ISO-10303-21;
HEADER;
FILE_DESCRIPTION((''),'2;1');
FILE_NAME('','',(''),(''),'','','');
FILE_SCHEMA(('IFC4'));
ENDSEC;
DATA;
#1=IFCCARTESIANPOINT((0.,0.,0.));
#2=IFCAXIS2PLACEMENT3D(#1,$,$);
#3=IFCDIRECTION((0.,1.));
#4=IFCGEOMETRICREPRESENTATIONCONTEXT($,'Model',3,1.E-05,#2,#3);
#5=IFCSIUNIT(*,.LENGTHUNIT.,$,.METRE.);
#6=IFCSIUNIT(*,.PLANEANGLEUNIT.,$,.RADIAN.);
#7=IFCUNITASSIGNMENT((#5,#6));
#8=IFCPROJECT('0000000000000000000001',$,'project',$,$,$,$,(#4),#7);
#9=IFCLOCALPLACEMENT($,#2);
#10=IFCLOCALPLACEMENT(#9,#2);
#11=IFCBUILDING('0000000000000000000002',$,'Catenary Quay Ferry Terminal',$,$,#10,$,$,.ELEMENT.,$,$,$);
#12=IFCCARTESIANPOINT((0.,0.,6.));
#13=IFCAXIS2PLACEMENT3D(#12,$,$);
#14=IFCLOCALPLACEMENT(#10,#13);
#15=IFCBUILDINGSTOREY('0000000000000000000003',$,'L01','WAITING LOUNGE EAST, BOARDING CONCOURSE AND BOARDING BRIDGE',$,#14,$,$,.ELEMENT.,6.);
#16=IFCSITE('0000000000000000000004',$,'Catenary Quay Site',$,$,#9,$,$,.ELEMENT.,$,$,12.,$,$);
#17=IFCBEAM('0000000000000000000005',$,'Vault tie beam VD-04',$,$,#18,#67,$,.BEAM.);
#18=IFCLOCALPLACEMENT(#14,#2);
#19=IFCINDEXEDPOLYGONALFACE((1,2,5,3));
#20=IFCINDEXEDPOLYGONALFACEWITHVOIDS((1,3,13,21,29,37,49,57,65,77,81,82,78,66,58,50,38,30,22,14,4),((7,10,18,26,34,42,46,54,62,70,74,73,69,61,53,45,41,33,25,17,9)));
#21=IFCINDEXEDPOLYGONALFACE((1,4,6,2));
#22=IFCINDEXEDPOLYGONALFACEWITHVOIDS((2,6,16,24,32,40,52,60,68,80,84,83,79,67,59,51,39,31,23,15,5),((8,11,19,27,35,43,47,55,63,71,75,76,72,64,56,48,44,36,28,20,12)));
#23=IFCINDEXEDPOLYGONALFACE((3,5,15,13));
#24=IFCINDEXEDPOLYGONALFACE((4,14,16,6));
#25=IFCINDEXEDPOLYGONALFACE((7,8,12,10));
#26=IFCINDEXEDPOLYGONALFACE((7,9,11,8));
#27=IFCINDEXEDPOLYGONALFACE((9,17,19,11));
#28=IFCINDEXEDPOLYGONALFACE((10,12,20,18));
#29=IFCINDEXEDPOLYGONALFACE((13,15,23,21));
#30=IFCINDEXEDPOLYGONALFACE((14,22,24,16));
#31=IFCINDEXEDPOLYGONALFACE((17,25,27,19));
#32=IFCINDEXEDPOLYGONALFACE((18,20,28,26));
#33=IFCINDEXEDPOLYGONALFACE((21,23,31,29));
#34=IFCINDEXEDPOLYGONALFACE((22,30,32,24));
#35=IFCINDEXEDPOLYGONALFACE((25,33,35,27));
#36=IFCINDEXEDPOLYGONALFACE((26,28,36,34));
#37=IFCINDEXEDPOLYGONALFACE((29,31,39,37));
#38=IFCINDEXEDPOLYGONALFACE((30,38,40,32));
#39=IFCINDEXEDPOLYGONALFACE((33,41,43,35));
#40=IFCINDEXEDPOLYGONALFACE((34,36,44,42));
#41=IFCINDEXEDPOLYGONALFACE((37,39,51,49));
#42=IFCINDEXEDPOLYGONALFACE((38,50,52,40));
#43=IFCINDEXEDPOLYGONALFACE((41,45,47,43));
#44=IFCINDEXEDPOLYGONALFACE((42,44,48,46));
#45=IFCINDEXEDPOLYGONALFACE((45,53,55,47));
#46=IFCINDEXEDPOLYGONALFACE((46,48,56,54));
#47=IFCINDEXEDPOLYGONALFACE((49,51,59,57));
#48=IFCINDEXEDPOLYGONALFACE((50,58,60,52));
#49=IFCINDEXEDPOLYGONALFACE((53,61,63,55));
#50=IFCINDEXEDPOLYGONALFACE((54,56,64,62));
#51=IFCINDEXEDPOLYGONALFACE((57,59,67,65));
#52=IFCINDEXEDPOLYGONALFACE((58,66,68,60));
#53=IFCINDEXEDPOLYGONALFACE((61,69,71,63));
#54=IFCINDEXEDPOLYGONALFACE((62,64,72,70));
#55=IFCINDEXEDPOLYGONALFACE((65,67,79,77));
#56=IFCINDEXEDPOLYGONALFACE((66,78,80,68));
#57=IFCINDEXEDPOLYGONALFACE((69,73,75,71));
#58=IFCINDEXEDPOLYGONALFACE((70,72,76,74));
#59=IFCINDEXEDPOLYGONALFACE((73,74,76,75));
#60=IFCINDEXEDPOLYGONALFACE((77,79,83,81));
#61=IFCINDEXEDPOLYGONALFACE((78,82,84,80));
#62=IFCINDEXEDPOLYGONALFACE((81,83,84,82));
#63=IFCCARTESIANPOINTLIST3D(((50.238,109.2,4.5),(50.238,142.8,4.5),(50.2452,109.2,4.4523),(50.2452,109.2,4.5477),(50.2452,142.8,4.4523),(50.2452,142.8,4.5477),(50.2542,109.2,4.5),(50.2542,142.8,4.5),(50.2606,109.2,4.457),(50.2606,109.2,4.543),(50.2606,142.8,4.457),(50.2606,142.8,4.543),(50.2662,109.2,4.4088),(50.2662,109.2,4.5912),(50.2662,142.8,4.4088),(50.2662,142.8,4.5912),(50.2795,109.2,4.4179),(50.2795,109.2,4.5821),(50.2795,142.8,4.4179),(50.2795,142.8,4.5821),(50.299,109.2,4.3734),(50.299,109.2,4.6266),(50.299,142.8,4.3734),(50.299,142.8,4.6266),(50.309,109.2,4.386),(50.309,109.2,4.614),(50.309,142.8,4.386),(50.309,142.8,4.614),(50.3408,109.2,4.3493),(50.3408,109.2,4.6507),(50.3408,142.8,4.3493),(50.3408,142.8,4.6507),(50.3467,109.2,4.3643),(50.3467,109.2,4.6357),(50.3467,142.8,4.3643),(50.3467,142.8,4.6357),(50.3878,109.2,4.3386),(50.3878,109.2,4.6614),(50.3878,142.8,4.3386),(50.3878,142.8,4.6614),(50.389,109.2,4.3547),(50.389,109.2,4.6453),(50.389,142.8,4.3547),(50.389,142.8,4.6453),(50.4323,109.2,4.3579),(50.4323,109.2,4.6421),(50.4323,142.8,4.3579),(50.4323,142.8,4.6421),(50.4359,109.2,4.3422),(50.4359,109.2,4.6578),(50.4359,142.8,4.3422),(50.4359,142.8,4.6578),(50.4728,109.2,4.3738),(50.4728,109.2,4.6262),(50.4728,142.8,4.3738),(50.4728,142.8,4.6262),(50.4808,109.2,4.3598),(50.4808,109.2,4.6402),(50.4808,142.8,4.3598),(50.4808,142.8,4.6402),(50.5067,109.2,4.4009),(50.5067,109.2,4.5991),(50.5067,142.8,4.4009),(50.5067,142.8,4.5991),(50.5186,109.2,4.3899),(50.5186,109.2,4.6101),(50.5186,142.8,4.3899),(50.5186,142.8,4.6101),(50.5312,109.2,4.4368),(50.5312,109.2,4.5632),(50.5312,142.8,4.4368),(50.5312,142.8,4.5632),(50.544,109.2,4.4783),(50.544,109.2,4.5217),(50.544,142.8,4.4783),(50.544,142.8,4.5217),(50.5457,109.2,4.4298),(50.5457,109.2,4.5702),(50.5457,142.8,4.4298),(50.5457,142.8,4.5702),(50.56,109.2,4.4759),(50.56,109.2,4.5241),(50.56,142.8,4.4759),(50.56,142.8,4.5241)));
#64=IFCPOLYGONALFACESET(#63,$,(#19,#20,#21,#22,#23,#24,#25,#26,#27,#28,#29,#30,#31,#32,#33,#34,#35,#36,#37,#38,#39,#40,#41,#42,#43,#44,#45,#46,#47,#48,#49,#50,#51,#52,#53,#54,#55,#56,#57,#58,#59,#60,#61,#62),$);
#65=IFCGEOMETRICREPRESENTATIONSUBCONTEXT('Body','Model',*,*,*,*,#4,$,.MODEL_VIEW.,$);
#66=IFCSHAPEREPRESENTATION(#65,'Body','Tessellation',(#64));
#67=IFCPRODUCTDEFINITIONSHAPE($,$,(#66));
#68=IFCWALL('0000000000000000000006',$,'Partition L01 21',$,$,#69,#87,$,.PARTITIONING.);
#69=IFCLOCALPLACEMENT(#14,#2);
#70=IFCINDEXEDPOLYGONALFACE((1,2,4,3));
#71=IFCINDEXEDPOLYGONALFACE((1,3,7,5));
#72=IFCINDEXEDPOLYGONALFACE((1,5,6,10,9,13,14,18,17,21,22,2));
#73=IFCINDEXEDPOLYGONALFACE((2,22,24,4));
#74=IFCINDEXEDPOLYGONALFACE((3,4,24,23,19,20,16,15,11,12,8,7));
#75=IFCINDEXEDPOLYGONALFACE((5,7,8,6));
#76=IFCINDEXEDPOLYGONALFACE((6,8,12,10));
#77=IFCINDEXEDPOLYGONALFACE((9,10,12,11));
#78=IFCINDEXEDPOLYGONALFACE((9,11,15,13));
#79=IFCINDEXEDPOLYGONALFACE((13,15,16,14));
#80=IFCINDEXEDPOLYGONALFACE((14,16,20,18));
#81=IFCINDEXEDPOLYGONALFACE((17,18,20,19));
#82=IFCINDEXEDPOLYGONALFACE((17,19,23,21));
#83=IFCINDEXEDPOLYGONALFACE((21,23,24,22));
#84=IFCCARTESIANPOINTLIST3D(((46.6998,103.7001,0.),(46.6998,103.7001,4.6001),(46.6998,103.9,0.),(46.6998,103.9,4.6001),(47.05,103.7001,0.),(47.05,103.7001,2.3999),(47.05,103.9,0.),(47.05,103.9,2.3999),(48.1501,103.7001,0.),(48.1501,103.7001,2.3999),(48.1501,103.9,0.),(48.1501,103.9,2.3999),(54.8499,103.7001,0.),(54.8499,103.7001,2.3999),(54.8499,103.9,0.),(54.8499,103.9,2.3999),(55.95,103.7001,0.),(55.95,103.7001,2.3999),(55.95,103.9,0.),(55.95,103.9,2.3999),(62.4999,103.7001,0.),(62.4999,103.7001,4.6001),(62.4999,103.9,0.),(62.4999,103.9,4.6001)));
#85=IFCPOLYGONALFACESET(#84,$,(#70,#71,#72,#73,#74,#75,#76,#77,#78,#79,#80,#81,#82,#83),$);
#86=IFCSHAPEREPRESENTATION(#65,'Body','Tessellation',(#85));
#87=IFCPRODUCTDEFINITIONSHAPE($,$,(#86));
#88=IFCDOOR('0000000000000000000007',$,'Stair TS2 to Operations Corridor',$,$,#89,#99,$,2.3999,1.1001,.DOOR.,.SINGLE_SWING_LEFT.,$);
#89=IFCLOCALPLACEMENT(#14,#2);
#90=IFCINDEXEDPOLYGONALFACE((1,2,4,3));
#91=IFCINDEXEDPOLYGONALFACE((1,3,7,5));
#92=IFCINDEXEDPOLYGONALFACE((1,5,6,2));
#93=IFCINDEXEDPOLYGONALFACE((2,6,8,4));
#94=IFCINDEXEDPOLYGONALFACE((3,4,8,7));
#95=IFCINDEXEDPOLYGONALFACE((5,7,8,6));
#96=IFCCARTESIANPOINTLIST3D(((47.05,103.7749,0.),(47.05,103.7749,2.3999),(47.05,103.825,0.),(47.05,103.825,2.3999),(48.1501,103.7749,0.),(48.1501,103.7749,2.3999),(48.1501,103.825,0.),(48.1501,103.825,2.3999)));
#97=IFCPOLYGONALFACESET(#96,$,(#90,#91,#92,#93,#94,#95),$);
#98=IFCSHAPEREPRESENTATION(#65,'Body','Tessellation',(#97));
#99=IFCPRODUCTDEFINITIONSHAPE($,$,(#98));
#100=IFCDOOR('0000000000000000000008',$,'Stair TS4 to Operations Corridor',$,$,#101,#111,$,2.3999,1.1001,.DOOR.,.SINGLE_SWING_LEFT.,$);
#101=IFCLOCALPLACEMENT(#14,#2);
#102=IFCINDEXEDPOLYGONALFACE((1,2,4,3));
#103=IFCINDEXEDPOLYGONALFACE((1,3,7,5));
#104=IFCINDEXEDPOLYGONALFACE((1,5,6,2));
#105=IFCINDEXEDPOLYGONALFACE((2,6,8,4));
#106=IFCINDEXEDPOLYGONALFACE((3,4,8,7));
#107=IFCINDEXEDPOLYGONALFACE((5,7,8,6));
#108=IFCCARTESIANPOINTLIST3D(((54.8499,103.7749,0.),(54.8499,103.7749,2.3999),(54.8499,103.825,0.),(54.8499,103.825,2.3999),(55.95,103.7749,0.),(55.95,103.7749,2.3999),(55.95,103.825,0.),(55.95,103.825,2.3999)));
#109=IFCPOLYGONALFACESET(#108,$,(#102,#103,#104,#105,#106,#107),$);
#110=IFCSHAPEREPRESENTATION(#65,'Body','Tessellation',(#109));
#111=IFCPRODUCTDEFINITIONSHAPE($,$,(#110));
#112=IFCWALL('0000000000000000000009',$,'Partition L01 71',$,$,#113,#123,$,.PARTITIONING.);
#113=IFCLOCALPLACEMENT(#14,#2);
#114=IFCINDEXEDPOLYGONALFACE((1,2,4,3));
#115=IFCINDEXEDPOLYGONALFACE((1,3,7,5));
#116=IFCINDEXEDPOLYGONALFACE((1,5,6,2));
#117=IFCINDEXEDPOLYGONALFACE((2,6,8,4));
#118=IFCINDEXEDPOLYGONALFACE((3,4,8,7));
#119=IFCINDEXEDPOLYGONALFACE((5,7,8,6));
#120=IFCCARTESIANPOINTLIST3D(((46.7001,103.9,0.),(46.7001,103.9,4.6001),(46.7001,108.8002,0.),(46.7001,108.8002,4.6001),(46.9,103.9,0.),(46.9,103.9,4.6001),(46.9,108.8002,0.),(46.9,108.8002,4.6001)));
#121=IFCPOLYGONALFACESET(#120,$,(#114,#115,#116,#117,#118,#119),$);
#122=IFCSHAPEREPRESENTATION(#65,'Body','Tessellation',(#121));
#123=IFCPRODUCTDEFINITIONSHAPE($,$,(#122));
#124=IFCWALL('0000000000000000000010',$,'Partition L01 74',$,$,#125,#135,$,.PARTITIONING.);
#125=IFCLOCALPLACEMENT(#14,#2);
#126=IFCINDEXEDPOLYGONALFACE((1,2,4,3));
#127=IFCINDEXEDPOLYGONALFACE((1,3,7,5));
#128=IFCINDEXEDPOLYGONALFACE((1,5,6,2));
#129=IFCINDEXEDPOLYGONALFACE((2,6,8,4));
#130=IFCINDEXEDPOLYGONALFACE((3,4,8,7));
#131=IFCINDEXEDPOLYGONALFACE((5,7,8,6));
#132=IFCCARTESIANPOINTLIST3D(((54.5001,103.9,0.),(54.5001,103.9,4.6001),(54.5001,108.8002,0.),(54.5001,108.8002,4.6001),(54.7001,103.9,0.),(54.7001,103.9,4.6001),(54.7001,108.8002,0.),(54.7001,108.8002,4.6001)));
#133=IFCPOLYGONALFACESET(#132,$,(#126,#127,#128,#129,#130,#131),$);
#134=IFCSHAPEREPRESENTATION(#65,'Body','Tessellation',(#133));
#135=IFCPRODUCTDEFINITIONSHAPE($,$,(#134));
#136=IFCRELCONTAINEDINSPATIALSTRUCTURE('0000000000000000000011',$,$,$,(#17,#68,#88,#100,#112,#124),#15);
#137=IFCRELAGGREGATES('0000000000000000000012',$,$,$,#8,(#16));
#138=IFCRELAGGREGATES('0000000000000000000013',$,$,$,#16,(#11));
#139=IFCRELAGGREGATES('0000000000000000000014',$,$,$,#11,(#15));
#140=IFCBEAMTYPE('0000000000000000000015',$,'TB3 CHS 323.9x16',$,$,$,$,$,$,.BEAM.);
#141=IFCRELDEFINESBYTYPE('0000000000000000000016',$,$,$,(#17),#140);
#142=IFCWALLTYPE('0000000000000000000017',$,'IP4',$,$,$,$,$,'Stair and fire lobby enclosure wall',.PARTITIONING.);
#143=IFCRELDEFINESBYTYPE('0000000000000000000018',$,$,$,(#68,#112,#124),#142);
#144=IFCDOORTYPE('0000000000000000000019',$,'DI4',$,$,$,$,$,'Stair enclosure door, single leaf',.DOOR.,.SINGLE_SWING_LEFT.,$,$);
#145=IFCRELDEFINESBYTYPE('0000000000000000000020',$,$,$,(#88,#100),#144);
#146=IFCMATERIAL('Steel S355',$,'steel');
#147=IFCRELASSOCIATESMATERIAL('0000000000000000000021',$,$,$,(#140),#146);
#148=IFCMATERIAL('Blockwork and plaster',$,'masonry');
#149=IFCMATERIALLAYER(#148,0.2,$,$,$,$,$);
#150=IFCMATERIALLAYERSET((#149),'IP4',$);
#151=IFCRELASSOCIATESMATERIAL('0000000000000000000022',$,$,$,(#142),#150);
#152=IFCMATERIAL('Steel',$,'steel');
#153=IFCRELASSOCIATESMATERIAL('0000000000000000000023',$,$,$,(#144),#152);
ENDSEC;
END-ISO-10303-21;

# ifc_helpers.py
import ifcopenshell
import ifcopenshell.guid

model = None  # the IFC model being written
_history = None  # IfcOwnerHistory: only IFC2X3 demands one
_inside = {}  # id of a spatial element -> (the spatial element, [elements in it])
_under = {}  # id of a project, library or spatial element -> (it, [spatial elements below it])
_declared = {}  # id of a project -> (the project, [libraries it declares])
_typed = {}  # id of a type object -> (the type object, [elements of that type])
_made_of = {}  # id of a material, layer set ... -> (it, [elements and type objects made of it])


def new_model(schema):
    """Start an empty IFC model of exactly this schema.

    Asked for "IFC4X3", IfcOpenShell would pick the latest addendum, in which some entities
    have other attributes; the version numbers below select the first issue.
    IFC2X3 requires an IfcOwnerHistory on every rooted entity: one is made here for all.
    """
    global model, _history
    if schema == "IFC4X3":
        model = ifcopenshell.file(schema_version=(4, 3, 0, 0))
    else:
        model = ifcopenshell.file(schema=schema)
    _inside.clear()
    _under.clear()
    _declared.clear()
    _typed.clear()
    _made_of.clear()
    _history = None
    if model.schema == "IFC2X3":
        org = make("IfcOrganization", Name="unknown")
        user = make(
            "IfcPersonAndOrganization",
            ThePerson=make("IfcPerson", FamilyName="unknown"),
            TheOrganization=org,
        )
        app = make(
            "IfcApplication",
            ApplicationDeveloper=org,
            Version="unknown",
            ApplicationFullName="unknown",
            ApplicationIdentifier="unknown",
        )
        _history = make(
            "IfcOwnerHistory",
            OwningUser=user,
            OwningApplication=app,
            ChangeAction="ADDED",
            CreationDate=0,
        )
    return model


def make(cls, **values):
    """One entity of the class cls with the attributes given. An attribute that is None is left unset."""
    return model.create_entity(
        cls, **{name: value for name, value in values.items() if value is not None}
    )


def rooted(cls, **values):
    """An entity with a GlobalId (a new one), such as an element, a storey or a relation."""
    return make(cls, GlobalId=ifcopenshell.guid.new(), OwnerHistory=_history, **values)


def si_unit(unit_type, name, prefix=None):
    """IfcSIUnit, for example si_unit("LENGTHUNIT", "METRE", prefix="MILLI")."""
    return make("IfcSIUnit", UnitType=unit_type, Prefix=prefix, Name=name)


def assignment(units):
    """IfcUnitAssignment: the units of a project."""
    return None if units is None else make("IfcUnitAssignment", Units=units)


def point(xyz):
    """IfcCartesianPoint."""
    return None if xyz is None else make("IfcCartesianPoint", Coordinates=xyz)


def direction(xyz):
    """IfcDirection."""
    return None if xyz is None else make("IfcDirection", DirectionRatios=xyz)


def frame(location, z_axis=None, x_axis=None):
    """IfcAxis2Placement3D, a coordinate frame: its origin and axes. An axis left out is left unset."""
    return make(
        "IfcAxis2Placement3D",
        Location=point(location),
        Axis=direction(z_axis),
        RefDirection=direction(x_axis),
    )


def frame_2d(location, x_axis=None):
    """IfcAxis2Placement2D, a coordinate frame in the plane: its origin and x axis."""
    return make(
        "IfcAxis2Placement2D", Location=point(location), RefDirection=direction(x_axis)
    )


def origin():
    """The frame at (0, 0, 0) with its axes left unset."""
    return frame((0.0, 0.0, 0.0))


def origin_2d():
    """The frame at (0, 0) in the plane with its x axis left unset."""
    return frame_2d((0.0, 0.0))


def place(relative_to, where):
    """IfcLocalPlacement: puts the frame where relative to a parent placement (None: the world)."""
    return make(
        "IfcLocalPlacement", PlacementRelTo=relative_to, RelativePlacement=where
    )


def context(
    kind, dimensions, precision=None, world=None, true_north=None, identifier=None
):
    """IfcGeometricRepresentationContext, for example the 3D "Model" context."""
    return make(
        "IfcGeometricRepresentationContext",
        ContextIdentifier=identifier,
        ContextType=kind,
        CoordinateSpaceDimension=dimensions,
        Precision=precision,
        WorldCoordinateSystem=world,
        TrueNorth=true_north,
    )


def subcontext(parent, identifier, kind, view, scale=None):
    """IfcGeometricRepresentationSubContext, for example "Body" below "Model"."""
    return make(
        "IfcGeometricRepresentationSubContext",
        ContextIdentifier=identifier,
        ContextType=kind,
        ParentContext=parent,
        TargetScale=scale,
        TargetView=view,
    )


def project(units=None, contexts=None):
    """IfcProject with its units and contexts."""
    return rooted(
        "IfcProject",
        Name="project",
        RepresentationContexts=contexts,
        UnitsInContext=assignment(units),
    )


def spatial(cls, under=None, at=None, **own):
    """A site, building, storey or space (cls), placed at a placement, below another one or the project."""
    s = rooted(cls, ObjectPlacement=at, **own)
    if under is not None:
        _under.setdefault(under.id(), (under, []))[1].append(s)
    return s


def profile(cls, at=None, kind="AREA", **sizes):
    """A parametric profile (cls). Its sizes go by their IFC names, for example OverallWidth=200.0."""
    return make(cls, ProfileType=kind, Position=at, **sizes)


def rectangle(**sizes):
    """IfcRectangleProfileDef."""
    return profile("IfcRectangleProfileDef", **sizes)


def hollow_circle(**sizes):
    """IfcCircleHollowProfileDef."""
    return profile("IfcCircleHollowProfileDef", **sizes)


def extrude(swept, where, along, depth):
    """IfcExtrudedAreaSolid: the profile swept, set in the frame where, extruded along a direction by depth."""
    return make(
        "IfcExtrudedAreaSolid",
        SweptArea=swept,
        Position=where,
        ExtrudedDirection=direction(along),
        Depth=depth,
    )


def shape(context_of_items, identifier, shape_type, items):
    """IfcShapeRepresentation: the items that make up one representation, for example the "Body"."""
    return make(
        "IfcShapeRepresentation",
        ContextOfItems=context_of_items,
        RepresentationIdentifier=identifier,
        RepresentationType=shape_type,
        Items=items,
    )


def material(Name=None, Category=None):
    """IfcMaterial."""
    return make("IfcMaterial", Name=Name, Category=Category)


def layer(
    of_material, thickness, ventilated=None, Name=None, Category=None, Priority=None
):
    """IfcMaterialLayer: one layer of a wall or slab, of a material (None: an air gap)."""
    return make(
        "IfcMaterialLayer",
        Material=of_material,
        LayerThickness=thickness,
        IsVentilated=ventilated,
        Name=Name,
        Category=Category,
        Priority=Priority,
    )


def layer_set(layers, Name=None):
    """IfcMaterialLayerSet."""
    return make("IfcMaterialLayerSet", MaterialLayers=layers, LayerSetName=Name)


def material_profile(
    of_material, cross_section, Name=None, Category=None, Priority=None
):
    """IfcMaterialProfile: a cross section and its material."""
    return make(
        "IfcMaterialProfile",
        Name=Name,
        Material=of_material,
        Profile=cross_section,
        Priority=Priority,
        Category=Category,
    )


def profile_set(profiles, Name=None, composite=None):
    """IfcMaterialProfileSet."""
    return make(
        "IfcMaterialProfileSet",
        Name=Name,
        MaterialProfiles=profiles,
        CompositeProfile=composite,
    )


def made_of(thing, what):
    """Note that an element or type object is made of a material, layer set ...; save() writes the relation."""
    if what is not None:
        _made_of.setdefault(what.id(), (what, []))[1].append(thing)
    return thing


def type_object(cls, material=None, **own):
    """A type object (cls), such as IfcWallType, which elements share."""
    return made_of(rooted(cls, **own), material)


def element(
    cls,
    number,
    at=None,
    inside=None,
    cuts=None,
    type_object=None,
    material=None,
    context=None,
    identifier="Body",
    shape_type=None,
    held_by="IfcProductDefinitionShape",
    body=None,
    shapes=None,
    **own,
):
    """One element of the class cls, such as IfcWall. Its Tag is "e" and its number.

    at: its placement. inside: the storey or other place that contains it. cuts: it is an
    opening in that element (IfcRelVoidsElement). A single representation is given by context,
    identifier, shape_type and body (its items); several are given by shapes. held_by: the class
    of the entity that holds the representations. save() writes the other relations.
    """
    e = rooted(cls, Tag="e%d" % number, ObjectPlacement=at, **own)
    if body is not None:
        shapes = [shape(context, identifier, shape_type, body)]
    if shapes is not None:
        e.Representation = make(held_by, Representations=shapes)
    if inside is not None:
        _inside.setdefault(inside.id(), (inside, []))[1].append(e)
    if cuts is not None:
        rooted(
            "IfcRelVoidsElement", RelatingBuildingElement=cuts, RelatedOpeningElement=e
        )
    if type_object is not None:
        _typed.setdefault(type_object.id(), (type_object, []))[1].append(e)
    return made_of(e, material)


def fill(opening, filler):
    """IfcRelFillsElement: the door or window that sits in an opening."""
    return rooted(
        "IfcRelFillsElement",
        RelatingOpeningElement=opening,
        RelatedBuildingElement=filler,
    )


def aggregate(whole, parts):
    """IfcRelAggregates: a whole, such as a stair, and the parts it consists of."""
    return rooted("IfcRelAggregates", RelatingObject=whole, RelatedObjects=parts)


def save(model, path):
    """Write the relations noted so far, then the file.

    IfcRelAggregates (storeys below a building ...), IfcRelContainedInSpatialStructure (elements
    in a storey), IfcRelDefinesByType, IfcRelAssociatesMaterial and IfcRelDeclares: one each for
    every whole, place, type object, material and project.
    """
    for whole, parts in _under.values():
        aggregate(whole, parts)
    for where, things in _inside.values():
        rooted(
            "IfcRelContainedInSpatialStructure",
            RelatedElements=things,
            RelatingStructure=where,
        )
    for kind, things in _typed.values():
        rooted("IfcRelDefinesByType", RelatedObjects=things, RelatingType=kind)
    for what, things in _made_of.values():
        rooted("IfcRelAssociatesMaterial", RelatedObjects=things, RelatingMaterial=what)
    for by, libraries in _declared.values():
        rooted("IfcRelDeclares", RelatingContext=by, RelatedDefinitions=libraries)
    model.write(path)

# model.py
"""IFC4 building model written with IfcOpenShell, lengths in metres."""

from ifc_helpers import new_model, si_unit, direction, frame, frame_2d, origin, origin_2d, place, context, subcontext, project, spatial, rectangle, hollow_circle, extrude, material, layer, layer_set, material_profile, profile_set, type_object, element, fill, save


model = new_model("IFC4")

# Units and contexts
model_context = context("Model", 3, precision=1e-05, world=origin(), true_north=direction((0.0, 1.0)))
body_context = subcontext(model_context, "Body", "Model", "MODEL_VIEW")
ifc_project = project(units=[si_unit("LENGTHUNIT", "METRE"), si_unit("PLANEANGLEUNIT", "RADIAN")], contexts=[model_context])

# Site, building, storey
site_placement = place(None, origin())
site = spatial("IfcSite", under=ifc_project, at=site_placement, Name="Catenary Quay Site", CompositionType="ELEMENT", RefElevation=12.0)
building_placement = place(site_placement, origin())
building = spatial("IfcBuilding", under=site, at=building_placement, Name="Catenary Quay Ferry Terminal", CompositionType="ELEMENT")
storey_placement = place(building_placement, frame((0.0, 0.0, 6.0)))
storey = spatial("IfcBuildingStorey", under=building, at=storey_placement, Name="L01", Description="WAITING LOUNGE EAST, BOARDING CONCOURSE AND BOARDING BRIDGE", CompositionType="ELEMENT", Elevation=6.0)

# Beam
ifc_material_1 = material(Name="Steel S355", Category="steel")
ifc_material_profile_1 = material_profile(ifc_material_1, hollow_circle(Radius=0.1619, WallThickness=0.0161, at=origin_2d()), Name="CHS 323.9x16")
ifc_profile_set_1 = profile_set([ifc_material_profile_1], Name="Steel S355")
beam_type_1 = type_object("IfcBeamType", Name="TB3 CHS 323.9x16", PredefinedType="BEAM", material=ifc_profile_set_1)
beam_1_placement = place(storey_placement, frame((50.3999, 109.2, 4.5), z_axis=(0.0, 1.0, 0.0), x_axis=(-1.0, 0.0, 0.0)))
element("IfcBeam", 1, at=beam_1_placement, inside=storey, type_object=beam_type_1, Name="Vault tie beam VD-04", PredefinedType="BEAM", context=body_context, shape_type="SweptSolid", body=[
    extrude(hollow_circle(Radius=0.1619, WallThickness=0.0161, at=origin_2d()), origin(), (0.0, 0.0, 1.0), 33.6001),
])

# Wall, openings, doors
ifc_material_2 = material(Name="Blockwork and plaster", Category="masonry")
ifc_layer = layer(ifc_material_2, 0.2)
ifc_layer_set = layer_set([ifc_layer], Name="IP4")
wall_type = type_object("IfcWallType", Name="IP4", ElementType="Stair and fire lobby enclosure wall", PredefinedType="PARTITIONING", material=ifc_layer_set)
wall_placement = place(storey_placement, frame((46.7, 103.8, 0.0), z_axis=(0.0, 0.0, 1.0), x_axis=(1.0, 0.0, 0.0)))
wall = element("IfcWall", 2, at=wall_placement, inside=storey, type_object=wall_type, Name="Partition L01 21", PredefinedType="PARTITIONING", context=body_context, shape_type="SweptSolid", body=[
    extrude(rectangle(XDim=15.8, YDim=0.2, at=frame_2d((7.8999, 0.0))), origin(), (0.0, 0.0, 1.0), 4.6001),
])
opening_1_placement = place(wall_placement, frame((0.3501, 0.0, 0.0)))
opening_1 = element("IfcOpeningElement", 3, at=opening_1_placement, cuts=wall, PredefinedType="OPENING", context=body_context, shape_type="SweptSolid", body=[
    extrude(rectangle(XDim=1.1001, YDim=2.3999, at=frame_2d((0.55, 1.2))), frame((0.0, 0.1099, 0.0), z_axis=(0.0, -1.0, 0.0), x_axis=(1.0, 0.0, 0.0)), (0.0, 0.0, 1.0), 0.22),
])
opening_2_placement = place(wall_placement, frame((8.1499, 0.0, 0.0)))
opening_2 = element("IfcOpeningElement", 4, at=opening_2_placement, cuts=wall, PredefinedType="OPENING", context=body_context, shape_type="SweptSolid", body=[
    extrude(rectangle(XDim=1.1001, YDim=2.3999, at=frame_2d((0.55, 1.2))), frame((0.0, 0.1099, 0.0), z_axis=(0.0, -1.0, 0.0), x_axis=(1.0, 0.0, 0.0)), (0.0, 0.0, 1.0), 0.22),
])
ifc_material_3 = material(Name="Steel", Category="steel")
door_type = type_object("IfcDoorType", Name="DI4", ElementType="Stair enclosure door, single leaf", OperationType="SINGLE_SWING_LEFT", PredefinedType="DOOR", material=ifc_material_3)
door_1_placement = place(opening_1_placement, origin())
door_1 = element("IfcDoor", 5, at=door_1_placement, inside=storey, type_object=door_type, Name="Stair TS2 to Operations Corridor", OperationType="SINGLE_SWING_LEFT", OverallHeight=2.3999, OverallWidth=1.1001, PredefinedType="DOOR", context=body_context, shape_type="SweptSolid", body=[
    extrude(rectangle(XDim=1.1001, YDim=2.3999, at=frame_2d((0.55, 1.2))), frame((0.0, 0.0249, 0.0), z_axis=(0.0, -1.0, 0.0), x_axis=(1.0, 0.0, 0.0)), (0.0, 0.0, 1.0), 0.05),
])
fill(opening_1, door_1)
door_2_placement = place(opening_2_placement, origin())
door_2 = element("IfcDoor", 6, at=door_2_placement, inside=storey, type_object=door_type, Name="Stair TS4 to Operations Corridor", OperationType="SINGLE_SWING_LEFT", OverallHeight=2.3999, OverallWidth=1.1001, PredefinedType="DOOR", context=body_context, shape_type="SweptSolid", body=[
    extrude(rectangle(XDim=1.1001, YDim=2.3999, at=frame_2d((0.55, 1.2))), frame((0.0, 0.0249, 0.0), z_axis=(0.0, -1.0, 0.0), x_axis=(1.0, 0.0, 0.0)), (0.0, 0.0, 1.0), 0.05),
])
fill(opening_2, door_2)

# Walls
for number, where, z_axis, x_axis, name in (
    (7, (46.8, 103.8999, 0.0), (0.0, 0.0, 1.0), (0.0, 1.0, 0.0), "Partition L01 71"),
    (8, (54.6001, 103.8999, 0.0), (0.0, 0.0, 1.0), (0.0, 1.0, 0.0), "Partition L01 74"),
):
    element("IfcWall", number, at=place(storey_placement, frame(where, z_axis=z_axis, x_axis=x_axis)), inside=storey, type_object=wall_type, Name=name, PredefinedType="PARTITIONING", context=body_context, shape_type="SweptSolid", body=[
        extrude(rectangle(XDim=4.9001, YDim=0.2, at=frame_2d((2.4502, 0.0))), origin(), (0.0, 0.0, 1.0), 4.6001),
    ])

save(model, "model.ifc")
